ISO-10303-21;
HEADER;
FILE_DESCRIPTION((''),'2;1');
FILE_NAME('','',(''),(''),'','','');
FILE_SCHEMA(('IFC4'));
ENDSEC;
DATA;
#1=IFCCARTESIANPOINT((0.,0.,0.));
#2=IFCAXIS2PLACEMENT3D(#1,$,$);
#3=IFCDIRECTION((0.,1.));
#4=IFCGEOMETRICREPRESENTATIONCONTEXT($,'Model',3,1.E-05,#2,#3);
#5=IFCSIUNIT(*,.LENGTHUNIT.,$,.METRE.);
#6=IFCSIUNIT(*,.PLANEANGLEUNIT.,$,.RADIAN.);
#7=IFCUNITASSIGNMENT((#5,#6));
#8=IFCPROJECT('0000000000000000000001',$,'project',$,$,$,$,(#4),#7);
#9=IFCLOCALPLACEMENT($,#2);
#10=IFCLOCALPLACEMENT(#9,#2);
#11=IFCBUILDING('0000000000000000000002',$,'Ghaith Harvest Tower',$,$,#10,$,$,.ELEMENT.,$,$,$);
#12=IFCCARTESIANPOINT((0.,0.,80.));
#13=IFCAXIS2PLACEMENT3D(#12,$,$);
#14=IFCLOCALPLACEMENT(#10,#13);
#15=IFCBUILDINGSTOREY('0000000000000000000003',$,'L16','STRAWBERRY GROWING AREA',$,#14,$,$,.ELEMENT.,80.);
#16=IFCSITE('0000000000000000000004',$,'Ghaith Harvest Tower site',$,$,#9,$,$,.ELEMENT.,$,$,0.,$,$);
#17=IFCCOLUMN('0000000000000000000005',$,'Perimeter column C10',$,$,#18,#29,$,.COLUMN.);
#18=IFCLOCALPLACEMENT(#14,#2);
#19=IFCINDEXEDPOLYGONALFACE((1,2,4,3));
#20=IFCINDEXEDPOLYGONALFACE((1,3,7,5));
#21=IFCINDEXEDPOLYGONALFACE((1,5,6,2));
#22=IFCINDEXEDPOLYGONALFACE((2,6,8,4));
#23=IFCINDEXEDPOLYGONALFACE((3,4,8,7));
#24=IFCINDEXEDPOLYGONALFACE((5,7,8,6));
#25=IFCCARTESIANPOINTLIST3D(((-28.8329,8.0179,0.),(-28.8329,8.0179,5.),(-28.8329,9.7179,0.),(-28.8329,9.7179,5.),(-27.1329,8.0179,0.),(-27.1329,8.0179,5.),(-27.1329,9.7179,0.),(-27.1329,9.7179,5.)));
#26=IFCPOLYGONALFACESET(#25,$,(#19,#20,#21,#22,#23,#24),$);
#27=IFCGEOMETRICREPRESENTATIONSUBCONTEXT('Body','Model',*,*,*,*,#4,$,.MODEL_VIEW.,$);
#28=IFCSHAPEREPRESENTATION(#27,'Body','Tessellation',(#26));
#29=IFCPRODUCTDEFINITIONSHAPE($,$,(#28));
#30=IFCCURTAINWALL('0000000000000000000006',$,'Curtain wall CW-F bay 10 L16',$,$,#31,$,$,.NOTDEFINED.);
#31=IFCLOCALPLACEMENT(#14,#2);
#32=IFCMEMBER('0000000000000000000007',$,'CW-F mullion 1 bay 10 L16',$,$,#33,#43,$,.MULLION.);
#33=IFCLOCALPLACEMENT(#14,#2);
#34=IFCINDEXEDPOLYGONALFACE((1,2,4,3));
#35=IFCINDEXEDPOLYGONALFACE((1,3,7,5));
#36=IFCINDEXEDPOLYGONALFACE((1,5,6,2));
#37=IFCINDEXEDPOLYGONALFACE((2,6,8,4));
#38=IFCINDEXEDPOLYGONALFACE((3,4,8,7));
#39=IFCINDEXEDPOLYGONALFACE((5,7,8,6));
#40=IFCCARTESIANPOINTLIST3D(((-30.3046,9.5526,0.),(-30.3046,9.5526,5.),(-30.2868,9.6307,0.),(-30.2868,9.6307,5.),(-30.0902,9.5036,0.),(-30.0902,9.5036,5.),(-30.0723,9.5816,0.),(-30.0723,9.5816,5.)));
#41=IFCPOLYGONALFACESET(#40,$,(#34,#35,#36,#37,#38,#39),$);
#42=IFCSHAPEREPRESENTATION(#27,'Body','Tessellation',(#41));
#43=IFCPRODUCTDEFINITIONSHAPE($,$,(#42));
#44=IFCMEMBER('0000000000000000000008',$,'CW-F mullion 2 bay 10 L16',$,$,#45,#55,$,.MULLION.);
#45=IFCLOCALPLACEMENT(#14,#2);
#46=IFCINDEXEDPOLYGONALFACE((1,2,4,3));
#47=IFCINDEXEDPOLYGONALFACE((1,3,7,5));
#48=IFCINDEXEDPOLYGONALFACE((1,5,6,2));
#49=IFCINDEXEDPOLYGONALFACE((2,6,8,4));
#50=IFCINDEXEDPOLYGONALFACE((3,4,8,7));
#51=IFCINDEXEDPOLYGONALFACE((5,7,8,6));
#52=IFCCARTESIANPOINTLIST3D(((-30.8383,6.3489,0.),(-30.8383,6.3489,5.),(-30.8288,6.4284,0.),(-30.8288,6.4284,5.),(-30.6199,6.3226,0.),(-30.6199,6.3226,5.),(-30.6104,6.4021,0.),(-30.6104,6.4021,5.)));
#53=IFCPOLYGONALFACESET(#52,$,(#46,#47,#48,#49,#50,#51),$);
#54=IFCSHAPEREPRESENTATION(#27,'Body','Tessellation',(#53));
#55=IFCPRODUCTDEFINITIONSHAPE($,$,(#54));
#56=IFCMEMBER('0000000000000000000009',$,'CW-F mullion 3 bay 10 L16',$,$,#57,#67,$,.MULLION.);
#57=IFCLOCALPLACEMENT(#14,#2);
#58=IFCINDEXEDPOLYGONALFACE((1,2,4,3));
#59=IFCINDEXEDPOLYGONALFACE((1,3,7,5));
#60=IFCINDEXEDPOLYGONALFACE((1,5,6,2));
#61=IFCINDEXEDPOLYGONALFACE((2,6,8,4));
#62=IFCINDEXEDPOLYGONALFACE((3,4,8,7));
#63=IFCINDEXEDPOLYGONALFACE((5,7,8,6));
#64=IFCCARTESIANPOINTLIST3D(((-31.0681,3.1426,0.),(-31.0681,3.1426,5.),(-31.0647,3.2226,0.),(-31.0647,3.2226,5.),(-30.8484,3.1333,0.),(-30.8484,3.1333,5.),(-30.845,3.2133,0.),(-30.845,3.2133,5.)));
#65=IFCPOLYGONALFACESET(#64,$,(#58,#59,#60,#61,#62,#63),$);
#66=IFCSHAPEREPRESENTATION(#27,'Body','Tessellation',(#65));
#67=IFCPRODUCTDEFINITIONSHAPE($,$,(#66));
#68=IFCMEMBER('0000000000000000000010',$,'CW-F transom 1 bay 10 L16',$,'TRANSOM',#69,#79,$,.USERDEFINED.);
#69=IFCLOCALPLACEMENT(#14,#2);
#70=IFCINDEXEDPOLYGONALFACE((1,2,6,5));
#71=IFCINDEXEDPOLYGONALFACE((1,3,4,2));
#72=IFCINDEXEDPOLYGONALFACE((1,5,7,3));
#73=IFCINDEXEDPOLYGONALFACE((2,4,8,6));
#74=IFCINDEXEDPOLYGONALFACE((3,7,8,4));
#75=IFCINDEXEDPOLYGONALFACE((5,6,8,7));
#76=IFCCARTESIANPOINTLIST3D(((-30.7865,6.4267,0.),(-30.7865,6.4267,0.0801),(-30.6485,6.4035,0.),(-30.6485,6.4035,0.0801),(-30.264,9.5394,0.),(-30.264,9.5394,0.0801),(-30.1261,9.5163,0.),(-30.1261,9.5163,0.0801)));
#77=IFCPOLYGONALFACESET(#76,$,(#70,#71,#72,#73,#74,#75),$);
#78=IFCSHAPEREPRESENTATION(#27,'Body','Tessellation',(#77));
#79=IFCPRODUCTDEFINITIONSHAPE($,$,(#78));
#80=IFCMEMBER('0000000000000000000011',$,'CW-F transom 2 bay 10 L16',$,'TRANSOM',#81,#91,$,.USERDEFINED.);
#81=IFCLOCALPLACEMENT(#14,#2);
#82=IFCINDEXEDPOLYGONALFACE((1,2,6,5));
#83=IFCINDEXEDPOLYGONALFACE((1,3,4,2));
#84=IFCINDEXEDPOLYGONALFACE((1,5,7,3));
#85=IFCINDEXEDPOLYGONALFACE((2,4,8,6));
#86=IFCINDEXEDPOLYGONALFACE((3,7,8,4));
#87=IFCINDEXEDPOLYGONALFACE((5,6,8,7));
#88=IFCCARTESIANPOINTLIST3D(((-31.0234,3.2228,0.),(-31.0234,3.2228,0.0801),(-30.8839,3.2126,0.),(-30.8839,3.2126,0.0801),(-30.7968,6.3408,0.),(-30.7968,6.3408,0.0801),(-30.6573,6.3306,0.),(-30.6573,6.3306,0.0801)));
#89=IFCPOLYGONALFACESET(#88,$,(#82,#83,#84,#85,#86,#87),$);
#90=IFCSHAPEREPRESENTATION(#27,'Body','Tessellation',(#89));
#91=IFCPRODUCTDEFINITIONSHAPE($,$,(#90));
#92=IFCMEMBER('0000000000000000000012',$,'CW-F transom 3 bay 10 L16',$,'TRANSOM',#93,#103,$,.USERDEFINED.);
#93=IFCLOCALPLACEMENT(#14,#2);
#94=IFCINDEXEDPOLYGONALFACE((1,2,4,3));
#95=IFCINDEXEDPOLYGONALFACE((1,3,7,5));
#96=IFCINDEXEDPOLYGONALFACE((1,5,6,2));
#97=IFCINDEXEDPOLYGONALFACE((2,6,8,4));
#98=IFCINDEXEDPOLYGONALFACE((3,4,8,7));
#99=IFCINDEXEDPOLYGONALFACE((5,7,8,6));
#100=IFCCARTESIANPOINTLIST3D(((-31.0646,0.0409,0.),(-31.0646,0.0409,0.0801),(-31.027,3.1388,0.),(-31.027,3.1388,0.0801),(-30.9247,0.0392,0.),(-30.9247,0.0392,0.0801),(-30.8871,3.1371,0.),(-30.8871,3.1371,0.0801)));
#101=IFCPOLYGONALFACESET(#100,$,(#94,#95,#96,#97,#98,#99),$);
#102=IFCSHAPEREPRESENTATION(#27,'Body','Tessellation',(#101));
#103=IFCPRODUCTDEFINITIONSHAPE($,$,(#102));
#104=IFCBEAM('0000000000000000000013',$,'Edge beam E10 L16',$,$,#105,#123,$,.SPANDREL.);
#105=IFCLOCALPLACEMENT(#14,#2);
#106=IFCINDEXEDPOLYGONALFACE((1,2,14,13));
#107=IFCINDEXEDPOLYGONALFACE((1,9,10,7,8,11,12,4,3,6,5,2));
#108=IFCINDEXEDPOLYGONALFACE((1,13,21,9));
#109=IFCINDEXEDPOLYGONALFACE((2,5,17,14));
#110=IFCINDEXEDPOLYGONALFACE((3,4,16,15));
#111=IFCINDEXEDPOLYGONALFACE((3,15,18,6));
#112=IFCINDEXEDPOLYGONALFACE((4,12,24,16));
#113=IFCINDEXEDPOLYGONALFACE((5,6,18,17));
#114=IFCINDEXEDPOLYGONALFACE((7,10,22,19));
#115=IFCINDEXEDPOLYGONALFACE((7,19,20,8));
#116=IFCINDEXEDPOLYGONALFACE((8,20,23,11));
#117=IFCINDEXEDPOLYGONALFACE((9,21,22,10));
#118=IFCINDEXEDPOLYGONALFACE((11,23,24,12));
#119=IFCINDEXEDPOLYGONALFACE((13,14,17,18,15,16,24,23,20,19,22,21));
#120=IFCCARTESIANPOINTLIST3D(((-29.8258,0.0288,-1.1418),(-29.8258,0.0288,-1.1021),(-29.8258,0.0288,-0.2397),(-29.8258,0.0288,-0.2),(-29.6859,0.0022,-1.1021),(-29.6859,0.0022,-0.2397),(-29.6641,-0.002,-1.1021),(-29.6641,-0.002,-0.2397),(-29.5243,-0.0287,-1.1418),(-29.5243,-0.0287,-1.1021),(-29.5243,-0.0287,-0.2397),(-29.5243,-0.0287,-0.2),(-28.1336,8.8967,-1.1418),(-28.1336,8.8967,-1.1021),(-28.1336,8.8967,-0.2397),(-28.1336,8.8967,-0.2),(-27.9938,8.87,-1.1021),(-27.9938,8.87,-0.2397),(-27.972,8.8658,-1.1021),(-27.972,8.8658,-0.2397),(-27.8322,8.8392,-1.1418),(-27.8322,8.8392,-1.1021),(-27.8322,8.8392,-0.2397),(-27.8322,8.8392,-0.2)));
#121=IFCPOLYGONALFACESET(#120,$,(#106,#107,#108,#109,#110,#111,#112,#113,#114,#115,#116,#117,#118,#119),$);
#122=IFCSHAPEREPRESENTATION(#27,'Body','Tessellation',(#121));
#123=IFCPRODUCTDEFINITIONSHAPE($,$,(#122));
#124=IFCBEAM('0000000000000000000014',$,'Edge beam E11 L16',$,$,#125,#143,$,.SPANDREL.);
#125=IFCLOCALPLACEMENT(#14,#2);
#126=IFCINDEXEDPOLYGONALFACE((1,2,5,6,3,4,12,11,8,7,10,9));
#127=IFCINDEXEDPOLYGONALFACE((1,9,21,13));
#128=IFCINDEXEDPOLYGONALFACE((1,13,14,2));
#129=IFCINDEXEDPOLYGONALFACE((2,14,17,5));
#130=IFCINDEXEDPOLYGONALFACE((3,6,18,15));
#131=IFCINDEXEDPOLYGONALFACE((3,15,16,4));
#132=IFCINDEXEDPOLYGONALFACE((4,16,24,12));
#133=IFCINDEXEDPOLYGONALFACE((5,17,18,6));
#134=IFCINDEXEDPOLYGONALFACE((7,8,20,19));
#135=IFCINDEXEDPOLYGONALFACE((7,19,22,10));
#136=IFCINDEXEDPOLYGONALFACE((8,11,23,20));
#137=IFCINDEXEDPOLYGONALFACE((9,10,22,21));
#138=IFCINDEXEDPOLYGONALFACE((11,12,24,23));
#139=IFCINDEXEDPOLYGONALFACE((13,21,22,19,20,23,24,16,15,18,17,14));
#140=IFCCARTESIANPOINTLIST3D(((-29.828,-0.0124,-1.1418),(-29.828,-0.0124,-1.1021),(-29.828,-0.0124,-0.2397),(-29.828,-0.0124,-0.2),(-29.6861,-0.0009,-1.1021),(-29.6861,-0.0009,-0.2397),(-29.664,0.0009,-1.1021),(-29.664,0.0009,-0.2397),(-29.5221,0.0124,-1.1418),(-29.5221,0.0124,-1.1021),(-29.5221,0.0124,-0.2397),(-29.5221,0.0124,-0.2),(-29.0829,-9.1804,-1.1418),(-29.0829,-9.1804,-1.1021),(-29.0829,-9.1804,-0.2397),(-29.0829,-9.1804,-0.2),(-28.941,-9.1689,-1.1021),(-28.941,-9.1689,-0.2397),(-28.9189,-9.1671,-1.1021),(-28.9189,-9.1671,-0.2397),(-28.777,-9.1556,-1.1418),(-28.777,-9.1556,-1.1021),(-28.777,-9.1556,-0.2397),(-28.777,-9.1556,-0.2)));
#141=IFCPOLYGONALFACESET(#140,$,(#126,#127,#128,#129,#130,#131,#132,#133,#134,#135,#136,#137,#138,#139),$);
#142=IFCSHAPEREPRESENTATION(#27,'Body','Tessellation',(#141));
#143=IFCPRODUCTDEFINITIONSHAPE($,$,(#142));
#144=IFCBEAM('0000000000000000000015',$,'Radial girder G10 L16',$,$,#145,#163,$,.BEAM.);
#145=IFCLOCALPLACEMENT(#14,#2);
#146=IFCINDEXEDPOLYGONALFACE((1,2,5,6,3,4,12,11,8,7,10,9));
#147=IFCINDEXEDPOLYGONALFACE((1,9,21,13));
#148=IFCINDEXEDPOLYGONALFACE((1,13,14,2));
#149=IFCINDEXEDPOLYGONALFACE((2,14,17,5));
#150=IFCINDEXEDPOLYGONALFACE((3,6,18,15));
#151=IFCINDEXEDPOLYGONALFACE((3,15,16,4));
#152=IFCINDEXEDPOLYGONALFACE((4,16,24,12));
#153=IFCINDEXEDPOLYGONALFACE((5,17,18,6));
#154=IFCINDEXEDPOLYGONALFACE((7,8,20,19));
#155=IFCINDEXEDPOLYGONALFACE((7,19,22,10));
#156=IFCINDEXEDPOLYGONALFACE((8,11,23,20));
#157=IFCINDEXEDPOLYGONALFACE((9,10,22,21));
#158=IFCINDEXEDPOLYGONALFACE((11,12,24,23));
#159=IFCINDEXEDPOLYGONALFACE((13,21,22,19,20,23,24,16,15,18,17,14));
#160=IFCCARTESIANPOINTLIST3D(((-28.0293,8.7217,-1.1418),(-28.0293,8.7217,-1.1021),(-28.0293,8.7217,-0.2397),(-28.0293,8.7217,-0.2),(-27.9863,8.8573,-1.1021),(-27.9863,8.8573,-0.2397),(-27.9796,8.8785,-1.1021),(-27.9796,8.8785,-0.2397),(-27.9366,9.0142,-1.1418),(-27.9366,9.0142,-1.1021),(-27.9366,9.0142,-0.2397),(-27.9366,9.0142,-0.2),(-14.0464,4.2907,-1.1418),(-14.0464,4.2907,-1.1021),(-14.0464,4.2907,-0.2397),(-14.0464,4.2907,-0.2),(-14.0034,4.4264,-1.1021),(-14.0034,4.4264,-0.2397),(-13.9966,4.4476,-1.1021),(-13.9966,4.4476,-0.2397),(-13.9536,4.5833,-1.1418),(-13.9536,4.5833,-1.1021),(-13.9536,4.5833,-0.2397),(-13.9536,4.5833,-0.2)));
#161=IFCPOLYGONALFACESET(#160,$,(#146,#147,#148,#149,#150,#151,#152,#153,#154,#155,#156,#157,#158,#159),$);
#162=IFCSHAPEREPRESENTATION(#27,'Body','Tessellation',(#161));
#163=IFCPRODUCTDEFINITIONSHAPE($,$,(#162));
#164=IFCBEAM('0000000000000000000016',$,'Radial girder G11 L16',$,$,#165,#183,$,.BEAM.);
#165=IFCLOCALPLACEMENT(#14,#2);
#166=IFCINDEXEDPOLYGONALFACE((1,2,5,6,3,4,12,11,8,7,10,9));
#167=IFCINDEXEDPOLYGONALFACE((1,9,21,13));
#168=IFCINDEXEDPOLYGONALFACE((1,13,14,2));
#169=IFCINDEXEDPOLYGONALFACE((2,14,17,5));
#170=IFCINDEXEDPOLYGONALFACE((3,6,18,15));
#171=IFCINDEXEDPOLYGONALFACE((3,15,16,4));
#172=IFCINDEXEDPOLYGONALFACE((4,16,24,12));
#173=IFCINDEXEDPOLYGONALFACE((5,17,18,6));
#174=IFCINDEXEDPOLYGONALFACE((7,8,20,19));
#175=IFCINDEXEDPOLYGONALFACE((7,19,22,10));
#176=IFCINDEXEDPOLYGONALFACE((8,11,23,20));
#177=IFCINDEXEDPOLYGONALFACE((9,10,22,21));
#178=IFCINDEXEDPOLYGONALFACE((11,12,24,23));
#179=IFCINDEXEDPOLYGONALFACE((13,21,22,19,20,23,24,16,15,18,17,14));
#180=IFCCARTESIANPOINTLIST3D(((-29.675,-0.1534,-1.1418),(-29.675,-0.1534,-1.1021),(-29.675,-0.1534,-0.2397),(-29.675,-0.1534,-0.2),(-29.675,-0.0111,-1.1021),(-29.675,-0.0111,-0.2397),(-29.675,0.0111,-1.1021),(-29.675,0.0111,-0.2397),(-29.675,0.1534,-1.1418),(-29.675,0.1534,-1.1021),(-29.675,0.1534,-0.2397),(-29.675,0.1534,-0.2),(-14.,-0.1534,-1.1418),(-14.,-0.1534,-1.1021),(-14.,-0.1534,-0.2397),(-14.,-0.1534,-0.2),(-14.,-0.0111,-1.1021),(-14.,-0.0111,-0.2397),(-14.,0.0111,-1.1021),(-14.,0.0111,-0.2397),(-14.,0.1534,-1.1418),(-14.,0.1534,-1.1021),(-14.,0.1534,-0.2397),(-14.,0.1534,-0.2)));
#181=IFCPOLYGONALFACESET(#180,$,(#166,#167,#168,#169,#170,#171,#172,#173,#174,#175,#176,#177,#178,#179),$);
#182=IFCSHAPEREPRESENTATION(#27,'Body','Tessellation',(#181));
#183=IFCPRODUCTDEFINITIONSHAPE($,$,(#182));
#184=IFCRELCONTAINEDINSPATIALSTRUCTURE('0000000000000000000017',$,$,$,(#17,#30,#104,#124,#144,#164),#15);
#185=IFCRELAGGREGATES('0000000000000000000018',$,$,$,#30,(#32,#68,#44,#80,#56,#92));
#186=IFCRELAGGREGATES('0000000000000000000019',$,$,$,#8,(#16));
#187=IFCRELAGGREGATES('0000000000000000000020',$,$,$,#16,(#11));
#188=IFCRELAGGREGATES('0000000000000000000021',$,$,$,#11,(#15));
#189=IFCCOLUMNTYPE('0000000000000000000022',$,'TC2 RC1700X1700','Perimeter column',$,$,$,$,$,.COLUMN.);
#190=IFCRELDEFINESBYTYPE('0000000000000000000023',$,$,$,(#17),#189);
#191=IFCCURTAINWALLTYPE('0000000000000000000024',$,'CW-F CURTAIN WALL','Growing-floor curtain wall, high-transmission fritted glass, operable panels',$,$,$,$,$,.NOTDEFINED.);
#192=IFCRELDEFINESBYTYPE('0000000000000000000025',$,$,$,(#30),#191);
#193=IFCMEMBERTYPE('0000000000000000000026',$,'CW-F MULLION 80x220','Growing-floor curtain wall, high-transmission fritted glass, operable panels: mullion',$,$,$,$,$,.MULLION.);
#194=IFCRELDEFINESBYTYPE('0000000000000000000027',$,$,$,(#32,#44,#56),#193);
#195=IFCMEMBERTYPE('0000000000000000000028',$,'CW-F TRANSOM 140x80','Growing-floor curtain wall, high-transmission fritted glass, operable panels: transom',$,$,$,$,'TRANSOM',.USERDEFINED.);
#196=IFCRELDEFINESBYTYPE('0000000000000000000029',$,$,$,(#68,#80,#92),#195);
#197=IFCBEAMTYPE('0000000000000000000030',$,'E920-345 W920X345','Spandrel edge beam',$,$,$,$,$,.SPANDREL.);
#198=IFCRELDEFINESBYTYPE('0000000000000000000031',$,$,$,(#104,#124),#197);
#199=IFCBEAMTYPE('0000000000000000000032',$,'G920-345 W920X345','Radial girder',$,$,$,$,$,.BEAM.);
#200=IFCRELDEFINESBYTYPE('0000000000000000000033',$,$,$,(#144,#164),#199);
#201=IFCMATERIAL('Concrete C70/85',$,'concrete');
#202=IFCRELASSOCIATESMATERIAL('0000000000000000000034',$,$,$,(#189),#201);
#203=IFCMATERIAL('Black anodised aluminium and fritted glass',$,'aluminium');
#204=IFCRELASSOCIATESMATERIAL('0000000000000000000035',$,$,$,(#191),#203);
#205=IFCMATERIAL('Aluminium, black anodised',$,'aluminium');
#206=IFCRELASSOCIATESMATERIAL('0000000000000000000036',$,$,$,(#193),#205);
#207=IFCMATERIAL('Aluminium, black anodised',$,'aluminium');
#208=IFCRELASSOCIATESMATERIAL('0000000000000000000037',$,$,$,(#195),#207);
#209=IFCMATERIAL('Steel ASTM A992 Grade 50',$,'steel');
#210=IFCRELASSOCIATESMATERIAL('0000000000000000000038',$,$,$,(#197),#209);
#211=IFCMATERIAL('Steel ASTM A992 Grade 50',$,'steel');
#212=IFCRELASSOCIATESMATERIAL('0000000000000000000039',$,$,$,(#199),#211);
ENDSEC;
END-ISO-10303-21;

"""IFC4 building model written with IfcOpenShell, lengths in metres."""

from ifc_helpers import new_model, si_unit, direction, frame, origin, origin_2d, place, context, subcontext, project, spatial, rectangle, i_section, extrude, material, material_profile, profile_set, type_object, element, aggregate, save


model = new_model("IFC4")

# Units and contexts
model_context = context("Model", 3, precision=1e-05, world=origin(), true_north=direction((0.0, 1.0)))
body_context = subcontext(model_context, "Body", "Model", "MODEL_VIEW")
ifc_project = project(units=[si_unit("LENGTHUNIT", "METRE"), si_unit("PLANEANGLEUNIT", "RADIAN")], contexts=[model_context])

# Site, building, storey
site_placement = place(None, origin())
site = spatial("IfcSite", under=ifc_project, at=site_placement, Name="Ghaith Harvest Tower site", CompositionType="ELEMENT", RefElevation=0.0)
building_placement = place(site_placement, origin())
building = spatial("IfcBuilding", under=site, at=building_placement, Name="Ghaith Harvest Tower", CompositionType="ELEMENT")
storey_placement = place(building_placement, frame((0.0, 0.0, 80.0)))
storey = spatial("IfcBuildingStorey", under=building, at=storey_placement, Name="L16", Description="STRAWBERRY GROWING AREA", CompositionType="ELEMENT", Elevation=80.0)

# Column
ifc_material_1 = material(Name="Concrete C70/85", Category="concrete")
ifc_material_profile_1 = material_profile(ifc_material_1, rectangle(XDim=1.7, YDim=1.7, at=origin_2d()), Name="RC1700X1700")
ifc_profile_set_1 = profile_set([ifc_material_profile_1], Name="Concrete C70/85")
column_type = type_object("IfcColumnType", Name="TC2 RC1700X1700", Description="Perimeter column", PredefinedType="COLUMN", material=ifc_profile_set_1)
column_placement = place(storey_placement, frame((-27.9829, 8.8679, 0.0), z_axis=(0.0, 0.0, 1.0), x_axis=(1.0, 0.0, 0.0)))
element("IfcColumn", 1, at=column_placement, inside=storey, type_object=column_type, Name="Perimeter column C10", PredefinedType="COLUMN", context=body_context, shape_type="SweptSolid", body=[
    extrude(rectangle(XDim=1.7, YDim=1.7, at=origin_2d()), origin(), (0.0, 0.0, 1.0), 5.0),
])

# Curtain wall, members
ifc_material_2 = material(Name="Black anodised aluminium and fritted glass", Category="aluminium")
curtain_wall_type = type_object("IfcCurtainWallType", Name="CW-F CURTAIN WALL", Description="Growing-floor curtain wall, high-transmission fritted glass, operable panels", PredefinedType="NOTDEFINED", material=ifc_material_2)
curtain_wall_1_placement = place(storey_placement, origin())
curtain_wall_1 = element("IfcCurtainWall", 2, at=curtain_wall_1_placement, inside=storey, type_object=curtain_wall_type, Name="Curtain wall CW-F bay 10 L16", PredefinedType="NOTDEFINED")
ifc_material_3 = material(Name="Aluminium, black anodised", Category="aluminium")
ifc_material_profile_2 = material_profile(ifc_material_3, rectangle(XDim=0.0801, YDim=0.22, at=origin_2d()), Name="CW-F MULLION 80x220")
ifc_profile_set_2 = profile_set([ifc_material_profile_2], Name="Aluminium, black anodised")
member_type_1 = type_object("IfcMemberType", Name="CW-F MULLION 80x220", Description="Growing-floor curtain wall, high-transmission fritted glass, operable panels: mullion", PredefinedType="MULLION", material=ifc_profile_set_2)
member_1_placement = place(storey_placement, frame((-30.1885, 9.5671, 0.0), z_axis=(0.0, 0.0, 1.0), x_axis=(-0.222967, -0.974826, 0.0)))
member_1 = element("IfcMember", 3, at=member_1_placement, type_object=member_type_1, Name="CW-F mullion 1 bay 10 L16", PredefinedType="MULLION", context=body_context, shape_type="SweptSolid", body=[
    extrude(rectangle(XDim=0.0801, YDim=0.22, at=origin_2d()), origin(), (0.0, 0.0, 1.0), 5.0),
])
member_2_placement = place(storey_placement, frame((-30.7244, 6.3755, 0.0), z_axis=(0.0, 0.0, 1.0), x_axis=(-0.119353, -0.992852, 0.0)))
member_2 = element("IfcMember", 4, at=member_2_placement, type_object=member_type_1, Name="CW-F mullion 2 bay 10 L16", PredefinedType="MULLION", context=body_context, shape_type="SweptSolid", body=[
    extrude(rectangle(XDim=0.0801, YDim=0.22, at=origin_2d()), origin(), (0.0, 0.0, 1.0), 5.0),
])
member_3_placement = place(storey_placement, frame((-30.9565, 3.178, 0.0), z_axis=(0.0, 0.0, 1.0), x_axis=(-0.042427, -0.9991, 0.0)))
member_3 = element("IfcMember", 5, at=member_3_placement, type_object=member_type_1, Name="CW-F mullion 3 bay 10 L16", PredefinedType="MULLION", context=body_context, shape_type="SweptSolid", body=[
    extrude(rectangle(XDim=0.0801, YDim=0.22, at=origin_2d()), origin(), (0.0, 0.0, 1.0), 5.0),
])
ifc_material_4 = material(Name="Aluminium, black anodised", Category="aluminium")
ifc_material_profile_3 = material_profile(ifc_material_4, rectangle(XDim=0.1399, YDim=0.0801, at=origin_2d()), Name="CW-F TRANSOM 140x80")
ifc_profile_set_3 = profile_set([ifc_material_profile_3], Name="Aluminium, black anodised")
member_type_2 = type_object("IfcMemberType", Name="CW-F TRANSOM 140x80", Description="Growing-floor curtain wall, high-transmission fritted glass, operable panels: transom", ElementType="TRANSOM", PredefinedType="USERDEFINED", material=ifc_profile_set_3)
member_4_placement = place(storey_placement, frame((-30.1951, 9.5278, 0.04), z_axis=(-0.165528, -0.986205, 0.0), x_axis=(0.986205, -0.165528, 0.0)))
member_4 = element("IfcMember", 6, at=member_4_placement, type_object=member_type_2, Name="CW-F transom 1 bay 10 L16", ObjectType="TRANSOM", PredefinedType="USERDEFINED", context=body_context, shape_type="SweptSolid", body=[
    extrude(rectangle(XDim=0.1399, YDim=0.0801, at=origin_2d()), origin(), (0.0, 0.0, 1.0), 3.1562),
])
member_5_placement = place(storey_placement, frame((-30.7271, 6.3357, 0.04), z_axis=(-0.072474, -0.99737, 0.0), x_axis=(0.99737, -0.072474, 0.0)))
member_5 = element("IfcMember", 7, at=member_5_placement, type_object=member_type_2, Name="CW-F transom 2 bay 10 L16", ObjectType="TRANSOM", PredefinedType="USERDEFINED", context=body_context, shape_type="SweptSolid", body=[
    extrude(rectangle(XDim=0.1399, YDim=0.0801, at=origin_2d()), origin(), (0.0, 0.0, 1.0), 3.1262),
])
member_6_placement = place(storey_placement, frame((-30.957, 3.1379, 0.04), z_axis=(-0.012136, -0.999926, 0.0), x_axis=(0.999926, -0.012136, 0.0)))
member_6 = element("IfcMember", 8, at=member_6_placement, type_object=member_type_2, Name="CW-F transom 3 bay 10 L16", ObjectType="TRANSOM", PredefinedType="USERDEFINED", context=body_context, shape_type="SweptSolid", body=[
    extrude(rectangle(XDim=0.1399, YDim=0.0801, at=origin_2d()), origin(), (0.0, 0.0, 1.0), 3.0981),
])

# Beams
ifc_material_5 = material(Name="Steel ASTM A992 Grade 50", Category="steel")
ifc_material_profile_4 = material_profile(ifc_material_5, i_section(OverallWidth=0.3069, OverallDepth=0.9419, WebThickness=0.0222, FlangeThickness=0.0398, at=origin_2d()), Name="W920X345")
ifc_profile_set_4 = profile_set([ifc_material_profile_4], Name="Steel ASTM A992 Grade 50")
beam_type_1 = type_object("IfcBeamType", Name="E920-345 W920X345", Description="Spandrel edge beam", PredefinedType="SPANDREL", material=ifc_profile_set_4)
beam_1_placement = place(storey_placement, frame((-27.9829, 8.8679, -0.6709), z_axis=(-0.187434, -0.982277, 0.0), x_axis=(0.982277, -0.187434, 0.0)))
element("IfcBeam", 9, at=beam_1_placement, inside=storey, type_object=beam_type_1, Name="Edge beam E10 L16", PredefinedType="SPANDREL", context=body_context, shape_type="SweptSolid", body=[
    extrude(i_section(OverallWidth=0.3069, OverallDepth=0.9419, WebThickness=0.0222, FlangeThickness=0.0398, at=origin_2d()), origin(), (0.0, 0.0, 1.0), 9.0278),
])
beam_2_placement = place(storey_placement, frame((-29.675, 0.0, -0.6709), z_axis=(0.081007, -0.996714, 0.0), x_axis=(0.996714, 0.081007, 0.0)))
element("IfcBeam", 10, at=beam_2_placement, inside=storey, type_object=beam_type_1, Name="Edge beam E11 L16", PredefinedType="SPANDREL", context=body_context, shape_type="SweptSolid", body=[
    extrude(i_section(OverallWidth=0.3069, OverallDepth=0.9419, WebThickness=0.0222, FlangeThickness=0.0398, at=origin_2d()), origin(), (0.0, 0.0, 1.0), 9.1982),
])
ifc_material_6 = material(Name="Steel ASTM A992 Grade 50", Category="steel")
ifc_material_profile_5 = material_profile(ifc_material_6, i_section(OverallWidth=0.3069, OverallDepth=0.9419, WebThickness=0.0222, FlangeThickness=0.0398, at=origin_2d()), Name="W920X345")
ifc_profile_set_5 = profile_set([ifc_material_profile_5], Name="Steel ASTM A992 Grade 50")
beam_type_2 = type_object("IfcBeamType", Name="G920-345 W920X345", Description="Radial girder", PredefinedType="BEAM", material=ifc_profile_set_5)
beam_3_placement = place(storey_placement, frame((-14.0, 4.437, -0.6709), z_axis=(-0.953284, 0.302077, 0.0), x_axis=(-0.302077, -0.953284, 0.0)))
element("IfcBeam", 11, at=beam_3_placement, inside=storey, type_object=beam_type_2, Name="Radial girder G10 L16", PredefinedType="BEAM", context=body_context, shape_type="SweptSolid", body=[
    extrude(i_section(OverallWidth=0.3069, OverallDepth=0.9419, WebThickness=0.0222, FlangeThickness=0.0398, at=origin_2d()), origin(), (0.0, 0.0, 1.0), 14.6682),
])
beam_4_placement = place(storey_placement, frame((-14.0, 0.0, -0.6709), z_axis=(-1.0, 0.0, 0.0), x_axis=(0.0, -1.0, 0.0)))
element("IfcBeam", 12, at=beam_4_placement, inside=storey, type_object=beam_type_2, Name="Radial girder G11 L16", PredefinedType="BEAM", context=body_context, shape_type="SweptSolid", body=[
    extrude(i_section(OverallWidth=0.3069, OverallDepth=0.9419, WebThickness=0.0222, FlangeThickness=0.0398, at=origin_2d()), origin(), (0.0, 0.0, 1.0), 15.675),
])

aggregate(curtain_wall_1, [member_1, member_4, member_2, member_5, member_3, member_6])

save(model, "model.ifc")
